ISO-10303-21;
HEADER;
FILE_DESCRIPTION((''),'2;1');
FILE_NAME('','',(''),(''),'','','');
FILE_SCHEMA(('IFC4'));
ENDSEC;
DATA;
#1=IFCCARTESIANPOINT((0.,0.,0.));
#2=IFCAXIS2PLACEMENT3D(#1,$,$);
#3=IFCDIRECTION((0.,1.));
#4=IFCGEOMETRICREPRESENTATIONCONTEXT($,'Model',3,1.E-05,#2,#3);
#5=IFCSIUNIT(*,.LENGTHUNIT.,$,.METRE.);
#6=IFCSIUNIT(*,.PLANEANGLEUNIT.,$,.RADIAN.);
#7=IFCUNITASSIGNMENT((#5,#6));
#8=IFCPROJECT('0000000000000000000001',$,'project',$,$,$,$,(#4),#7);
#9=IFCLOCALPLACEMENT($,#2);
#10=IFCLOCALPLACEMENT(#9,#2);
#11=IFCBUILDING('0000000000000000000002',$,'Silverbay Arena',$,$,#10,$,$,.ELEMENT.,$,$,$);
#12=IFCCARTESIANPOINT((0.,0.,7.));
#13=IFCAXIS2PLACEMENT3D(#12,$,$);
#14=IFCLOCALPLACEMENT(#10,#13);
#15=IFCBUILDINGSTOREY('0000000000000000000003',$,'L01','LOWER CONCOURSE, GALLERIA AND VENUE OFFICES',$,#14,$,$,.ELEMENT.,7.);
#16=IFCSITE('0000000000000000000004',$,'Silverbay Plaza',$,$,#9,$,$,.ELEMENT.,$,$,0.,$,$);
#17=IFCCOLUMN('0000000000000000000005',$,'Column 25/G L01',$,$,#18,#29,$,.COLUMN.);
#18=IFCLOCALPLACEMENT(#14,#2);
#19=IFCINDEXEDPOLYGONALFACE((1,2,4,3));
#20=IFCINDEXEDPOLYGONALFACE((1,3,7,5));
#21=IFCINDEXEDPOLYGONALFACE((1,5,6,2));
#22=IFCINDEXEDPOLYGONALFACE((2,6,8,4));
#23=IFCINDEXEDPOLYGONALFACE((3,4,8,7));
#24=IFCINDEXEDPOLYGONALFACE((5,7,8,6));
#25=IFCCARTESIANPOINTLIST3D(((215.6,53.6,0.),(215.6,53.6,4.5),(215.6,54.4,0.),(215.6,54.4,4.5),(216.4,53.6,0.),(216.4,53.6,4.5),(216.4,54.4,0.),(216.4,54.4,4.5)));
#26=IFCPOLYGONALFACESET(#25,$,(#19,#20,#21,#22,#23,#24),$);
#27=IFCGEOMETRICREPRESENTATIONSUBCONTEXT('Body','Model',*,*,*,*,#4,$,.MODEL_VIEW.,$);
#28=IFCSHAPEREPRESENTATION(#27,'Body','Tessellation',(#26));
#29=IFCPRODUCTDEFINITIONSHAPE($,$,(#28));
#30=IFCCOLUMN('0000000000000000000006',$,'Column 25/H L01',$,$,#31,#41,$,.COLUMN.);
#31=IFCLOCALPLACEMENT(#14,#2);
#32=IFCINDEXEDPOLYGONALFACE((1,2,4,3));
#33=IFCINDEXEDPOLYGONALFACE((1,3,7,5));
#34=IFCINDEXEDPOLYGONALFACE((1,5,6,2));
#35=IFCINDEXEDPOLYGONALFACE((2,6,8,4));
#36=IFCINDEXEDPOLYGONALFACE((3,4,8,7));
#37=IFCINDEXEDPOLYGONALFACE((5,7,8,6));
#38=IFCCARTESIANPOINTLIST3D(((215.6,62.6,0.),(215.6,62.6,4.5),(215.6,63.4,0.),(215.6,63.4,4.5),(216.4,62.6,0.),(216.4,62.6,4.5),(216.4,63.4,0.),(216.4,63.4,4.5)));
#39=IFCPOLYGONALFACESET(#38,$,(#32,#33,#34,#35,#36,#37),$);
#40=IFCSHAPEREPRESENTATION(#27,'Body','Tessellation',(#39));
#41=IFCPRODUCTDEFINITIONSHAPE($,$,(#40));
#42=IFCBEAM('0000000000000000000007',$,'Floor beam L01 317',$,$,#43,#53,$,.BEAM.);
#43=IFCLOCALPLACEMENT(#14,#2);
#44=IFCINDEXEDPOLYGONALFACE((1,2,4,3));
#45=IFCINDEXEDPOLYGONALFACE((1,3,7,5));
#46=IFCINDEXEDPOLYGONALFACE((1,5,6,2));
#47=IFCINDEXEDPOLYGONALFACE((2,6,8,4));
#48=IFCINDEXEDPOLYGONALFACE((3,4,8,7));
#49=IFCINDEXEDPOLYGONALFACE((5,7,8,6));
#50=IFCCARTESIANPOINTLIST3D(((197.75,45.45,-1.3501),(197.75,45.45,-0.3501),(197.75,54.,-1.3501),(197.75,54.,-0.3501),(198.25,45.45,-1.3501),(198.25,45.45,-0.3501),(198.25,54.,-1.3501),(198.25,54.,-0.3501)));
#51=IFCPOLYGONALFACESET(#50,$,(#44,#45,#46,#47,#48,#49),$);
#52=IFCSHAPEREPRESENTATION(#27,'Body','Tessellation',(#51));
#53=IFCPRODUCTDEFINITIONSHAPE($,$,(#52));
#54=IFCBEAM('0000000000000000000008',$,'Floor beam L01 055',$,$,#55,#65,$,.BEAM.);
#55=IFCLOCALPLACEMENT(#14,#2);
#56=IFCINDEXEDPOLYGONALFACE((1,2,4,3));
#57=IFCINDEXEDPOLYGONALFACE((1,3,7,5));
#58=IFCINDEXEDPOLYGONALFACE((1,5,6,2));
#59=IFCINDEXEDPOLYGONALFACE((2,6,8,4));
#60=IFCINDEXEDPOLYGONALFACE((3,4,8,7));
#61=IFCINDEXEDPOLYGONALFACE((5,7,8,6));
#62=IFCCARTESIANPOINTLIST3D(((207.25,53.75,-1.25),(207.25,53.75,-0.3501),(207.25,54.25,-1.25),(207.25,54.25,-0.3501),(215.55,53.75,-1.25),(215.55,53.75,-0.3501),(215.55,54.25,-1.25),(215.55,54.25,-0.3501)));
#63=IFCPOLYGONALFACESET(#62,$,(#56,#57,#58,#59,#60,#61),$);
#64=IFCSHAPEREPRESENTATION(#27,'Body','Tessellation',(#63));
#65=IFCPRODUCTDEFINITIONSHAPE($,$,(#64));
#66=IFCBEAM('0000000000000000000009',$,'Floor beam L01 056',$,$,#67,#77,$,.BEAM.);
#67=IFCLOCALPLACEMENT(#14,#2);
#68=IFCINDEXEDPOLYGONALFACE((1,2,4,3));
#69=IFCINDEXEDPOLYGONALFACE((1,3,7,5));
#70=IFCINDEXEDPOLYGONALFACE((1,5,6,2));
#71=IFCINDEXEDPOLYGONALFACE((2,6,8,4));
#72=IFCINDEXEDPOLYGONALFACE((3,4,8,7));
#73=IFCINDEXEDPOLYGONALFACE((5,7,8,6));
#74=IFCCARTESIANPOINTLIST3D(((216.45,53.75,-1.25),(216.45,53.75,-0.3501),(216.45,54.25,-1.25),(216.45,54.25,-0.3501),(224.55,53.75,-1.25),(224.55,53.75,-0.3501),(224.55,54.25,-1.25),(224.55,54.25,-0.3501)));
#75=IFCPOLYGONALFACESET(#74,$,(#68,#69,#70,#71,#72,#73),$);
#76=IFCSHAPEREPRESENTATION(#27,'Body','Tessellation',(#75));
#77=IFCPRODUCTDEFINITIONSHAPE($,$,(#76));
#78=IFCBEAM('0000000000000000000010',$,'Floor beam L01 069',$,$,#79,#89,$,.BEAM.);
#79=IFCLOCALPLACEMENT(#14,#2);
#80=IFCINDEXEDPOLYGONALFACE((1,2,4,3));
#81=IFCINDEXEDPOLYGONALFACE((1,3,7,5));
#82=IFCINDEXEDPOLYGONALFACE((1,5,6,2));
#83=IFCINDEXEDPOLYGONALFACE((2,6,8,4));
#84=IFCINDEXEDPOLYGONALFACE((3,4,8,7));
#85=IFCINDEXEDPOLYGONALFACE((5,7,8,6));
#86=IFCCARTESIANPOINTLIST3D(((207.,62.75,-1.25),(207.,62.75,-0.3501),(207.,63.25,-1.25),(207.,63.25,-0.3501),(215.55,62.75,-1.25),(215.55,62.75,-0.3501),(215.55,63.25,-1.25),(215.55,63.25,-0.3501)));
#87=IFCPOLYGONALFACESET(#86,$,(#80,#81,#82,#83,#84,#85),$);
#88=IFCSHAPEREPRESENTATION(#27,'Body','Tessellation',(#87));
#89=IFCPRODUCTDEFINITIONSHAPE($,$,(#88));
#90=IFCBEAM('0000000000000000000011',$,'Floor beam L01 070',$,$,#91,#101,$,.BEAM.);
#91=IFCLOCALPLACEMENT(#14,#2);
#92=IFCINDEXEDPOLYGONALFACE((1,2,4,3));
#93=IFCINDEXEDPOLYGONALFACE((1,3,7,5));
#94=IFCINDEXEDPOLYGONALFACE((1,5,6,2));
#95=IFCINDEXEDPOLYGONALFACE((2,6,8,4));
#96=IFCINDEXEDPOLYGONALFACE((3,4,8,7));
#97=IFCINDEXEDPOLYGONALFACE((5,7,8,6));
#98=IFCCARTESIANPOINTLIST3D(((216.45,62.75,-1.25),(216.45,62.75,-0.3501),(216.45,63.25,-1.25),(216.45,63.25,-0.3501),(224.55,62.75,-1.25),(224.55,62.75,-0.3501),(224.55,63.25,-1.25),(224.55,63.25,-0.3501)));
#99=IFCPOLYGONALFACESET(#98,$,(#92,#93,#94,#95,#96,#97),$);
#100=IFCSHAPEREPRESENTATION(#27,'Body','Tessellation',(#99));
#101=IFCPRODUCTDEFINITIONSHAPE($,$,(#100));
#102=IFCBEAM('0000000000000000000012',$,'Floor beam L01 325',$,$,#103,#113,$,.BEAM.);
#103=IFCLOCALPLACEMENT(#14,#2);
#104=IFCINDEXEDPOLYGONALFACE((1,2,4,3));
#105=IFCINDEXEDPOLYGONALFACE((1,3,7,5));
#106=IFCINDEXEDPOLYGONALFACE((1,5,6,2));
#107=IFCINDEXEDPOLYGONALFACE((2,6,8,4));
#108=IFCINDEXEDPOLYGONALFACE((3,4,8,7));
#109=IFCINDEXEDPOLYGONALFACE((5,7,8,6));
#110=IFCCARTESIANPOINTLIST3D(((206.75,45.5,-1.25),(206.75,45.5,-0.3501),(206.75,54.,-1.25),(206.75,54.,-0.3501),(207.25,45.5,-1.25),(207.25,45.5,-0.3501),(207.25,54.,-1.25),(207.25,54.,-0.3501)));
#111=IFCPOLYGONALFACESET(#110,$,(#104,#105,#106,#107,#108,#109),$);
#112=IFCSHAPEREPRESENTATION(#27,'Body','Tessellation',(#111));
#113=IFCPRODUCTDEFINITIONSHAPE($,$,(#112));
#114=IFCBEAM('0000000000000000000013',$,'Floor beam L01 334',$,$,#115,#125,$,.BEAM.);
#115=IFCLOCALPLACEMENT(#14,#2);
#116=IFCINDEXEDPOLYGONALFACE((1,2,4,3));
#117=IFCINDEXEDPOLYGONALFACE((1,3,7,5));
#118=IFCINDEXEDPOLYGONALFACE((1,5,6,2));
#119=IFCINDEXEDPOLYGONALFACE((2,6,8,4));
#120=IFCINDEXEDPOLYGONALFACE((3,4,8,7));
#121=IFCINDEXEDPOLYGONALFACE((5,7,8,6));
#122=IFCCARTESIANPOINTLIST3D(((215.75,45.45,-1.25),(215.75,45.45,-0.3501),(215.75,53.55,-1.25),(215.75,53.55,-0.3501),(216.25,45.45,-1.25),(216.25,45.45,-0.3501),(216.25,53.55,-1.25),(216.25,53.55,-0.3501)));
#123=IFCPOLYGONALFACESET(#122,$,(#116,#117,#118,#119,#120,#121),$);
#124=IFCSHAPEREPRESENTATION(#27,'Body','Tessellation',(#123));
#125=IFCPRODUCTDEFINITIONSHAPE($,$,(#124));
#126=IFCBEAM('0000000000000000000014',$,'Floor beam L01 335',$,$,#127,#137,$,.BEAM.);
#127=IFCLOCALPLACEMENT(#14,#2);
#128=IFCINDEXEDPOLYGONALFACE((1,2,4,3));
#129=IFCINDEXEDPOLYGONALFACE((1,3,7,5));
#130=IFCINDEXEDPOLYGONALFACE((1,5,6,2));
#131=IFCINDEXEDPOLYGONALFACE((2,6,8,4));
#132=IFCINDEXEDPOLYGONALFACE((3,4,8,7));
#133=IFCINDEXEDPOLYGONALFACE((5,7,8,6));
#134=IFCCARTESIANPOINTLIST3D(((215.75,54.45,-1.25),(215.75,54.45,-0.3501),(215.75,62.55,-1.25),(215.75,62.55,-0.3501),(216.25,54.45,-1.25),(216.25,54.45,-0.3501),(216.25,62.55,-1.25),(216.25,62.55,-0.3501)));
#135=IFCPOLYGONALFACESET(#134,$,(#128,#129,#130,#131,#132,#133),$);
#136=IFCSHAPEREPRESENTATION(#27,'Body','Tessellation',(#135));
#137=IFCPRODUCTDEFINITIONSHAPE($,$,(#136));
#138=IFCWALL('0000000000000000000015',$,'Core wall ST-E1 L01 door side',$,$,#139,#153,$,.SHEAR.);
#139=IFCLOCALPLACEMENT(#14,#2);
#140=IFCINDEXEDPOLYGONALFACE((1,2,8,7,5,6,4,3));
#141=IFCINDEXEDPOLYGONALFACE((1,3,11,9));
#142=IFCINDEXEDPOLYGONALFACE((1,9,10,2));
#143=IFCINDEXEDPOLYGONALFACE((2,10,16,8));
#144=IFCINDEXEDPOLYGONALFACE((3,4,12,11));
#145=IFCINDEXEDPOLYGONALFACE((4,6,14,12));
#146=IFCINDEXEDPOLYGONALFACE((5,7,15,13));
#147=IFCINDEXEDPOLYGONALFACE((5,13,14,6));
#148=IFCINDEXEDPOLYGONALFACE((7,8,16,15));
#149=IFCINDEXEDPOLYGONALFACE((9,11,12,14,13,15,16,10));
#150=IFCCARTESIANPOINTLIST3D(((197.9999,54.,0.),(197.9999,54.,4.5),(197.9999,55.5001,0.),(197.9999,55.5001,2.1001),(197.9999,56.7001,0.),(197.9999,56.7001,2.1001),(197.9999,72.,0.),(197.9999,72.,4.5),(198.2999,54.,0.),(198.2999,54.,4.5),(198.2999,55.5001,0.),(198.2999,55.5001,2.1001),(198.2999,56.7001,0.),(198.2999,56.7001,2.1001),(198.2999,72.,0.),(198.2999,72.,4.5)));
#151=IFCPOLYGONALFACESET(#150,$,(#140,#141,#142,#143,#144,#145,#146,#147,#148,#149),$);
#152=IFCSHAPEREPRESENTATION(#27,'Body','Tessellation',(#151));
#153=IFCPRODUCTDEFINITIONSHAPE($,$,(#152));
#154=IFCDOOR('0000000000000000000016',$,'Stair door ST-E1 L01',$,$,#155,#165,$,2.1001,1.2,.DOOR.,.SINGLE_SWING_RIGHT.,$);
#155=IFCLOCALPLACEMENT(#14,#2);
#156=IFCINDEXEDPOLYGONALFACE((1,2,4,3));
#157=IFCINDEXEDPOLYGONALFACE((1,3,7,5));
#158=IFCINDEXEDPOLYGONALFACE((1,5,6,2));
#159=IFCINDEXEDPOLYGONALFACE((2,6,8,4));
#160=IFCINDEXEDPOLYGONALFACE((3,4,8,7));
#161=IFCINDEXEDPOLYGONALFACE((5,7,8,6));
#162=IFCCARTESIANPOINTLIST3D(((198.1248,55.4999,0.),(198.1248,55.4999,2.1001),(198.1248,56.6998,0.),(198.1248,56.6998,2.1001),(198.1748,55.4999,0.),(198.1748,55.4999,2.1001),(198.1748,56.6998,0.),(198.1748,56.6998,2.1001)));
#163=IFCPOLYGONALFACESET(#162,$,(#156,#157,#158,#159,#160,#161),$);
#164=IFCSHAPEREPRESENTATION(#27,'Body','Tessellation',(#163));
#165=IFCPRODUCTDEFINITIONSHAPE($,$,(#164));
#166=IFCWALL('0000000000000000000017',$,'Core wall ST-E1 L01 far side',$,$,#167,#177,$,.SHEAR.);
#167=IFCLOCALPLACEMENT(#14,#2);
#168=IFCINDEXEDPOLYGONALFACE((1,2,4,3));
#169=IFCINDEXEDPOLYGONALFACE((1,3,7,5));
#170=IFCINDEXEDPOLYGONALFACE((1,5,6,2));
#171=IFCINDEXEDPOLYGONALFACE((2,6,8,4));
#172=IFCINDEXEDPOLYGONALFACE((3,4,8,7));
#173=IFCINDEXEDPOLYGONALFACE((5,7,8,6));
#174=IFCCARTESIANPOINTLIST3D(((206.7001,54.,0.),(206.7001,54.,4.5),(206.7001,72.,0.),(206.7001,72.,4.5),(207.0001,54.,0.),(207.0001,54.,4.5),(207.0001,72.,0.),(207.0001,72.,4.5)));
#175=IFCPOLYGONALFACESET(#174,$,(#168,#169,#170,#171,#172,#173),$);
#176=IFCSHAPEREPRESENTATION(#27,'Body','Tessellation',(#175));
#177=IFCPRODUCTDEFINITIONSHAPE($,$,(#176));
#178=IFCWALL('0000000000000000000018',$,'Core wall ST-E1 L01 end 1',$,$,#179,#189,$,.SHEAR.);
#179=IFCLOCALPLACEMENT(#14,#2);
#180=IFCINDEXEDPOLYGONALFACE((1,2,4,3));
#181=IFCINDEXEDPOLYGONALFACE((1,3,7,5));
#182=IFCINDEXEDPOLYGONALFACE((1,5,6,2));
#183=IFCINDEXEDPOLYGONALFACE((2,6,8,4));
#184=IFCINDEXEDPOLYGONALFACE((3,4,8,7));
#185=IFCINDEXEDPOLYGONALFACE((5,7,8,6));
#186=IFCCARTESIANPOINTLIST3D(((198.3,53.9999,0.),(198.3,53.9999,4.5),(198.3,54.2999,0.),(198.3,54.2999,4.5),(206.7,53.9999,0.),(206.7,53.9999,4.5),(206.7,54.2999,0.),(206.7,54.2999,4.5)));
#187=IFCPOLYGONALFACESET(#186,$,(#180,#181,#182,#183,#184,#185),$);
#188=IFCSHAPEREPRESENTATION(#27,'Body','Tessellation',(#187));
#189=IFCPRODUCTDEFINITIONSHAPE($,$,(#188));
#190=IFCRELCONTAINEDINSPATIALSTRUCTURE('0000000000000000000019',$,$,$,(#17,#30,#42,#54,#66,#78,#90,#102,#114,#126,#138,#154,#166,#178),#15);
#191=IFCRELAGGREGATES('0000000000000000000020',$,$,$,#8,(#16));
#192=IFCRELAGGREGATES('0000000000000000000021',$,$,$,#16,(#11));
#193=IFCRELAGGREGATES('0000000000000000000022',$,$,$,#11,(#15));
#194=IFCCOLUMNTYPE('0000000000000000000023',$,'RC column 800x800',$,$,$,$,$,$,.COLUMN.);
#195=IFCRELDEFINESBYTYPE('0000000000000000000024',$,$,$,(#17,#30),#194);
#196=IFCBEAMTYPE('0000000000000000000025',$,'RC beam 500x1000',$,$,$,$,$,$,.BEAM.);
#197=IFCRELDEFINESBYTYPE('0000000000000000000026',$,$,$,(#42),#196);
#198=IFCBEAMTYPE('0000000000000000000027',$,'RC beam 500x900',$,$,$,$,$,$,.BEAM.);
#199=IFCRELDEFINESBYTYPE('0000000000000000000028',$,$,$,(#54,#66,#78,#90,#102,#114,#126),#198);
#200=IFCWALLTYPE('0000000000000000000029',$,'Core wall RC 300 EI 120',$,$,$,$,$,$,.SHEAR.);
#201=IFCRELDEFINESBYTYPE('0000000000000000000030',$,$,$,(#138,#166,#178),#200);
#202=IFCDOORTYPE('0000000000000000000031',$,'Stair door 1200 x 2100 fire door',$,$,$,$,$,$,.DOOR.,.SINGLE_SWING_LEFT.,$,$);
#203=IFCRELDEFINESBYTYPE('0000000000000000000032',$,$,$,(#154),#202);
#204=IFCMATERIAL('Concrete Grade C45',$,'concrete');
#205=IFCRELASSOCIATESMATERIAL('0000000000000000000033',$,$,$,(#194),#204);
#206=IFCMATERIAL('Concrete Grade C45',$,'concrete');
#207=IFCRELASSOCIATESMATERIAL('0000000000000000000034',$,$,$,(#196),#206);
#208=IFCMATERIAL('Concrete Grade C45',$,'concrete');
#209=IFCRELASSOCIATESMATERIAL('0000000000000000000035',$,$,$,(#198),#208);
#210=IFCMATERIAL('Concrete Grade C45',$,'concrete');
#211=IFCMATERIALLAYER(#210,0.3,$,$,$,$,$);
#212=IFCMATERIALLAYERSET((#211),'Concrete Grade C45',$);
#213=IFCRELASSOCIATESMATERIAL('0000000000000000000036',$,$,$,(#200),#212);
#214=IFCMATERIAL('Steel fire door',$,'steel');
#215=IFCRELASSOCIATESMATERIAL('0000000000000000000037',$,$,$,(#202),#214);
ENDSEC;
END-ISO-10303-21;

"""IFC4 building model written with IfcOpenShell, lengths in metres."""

from ifc_helpers import new_model, si_unit, direction, frame, frame_2d, origin, origin_2d, place, context, subcontext, project, spatial, rectangle, extrude, material, layer, layer_set, material_profile, profile_set, type_object, element, fill, save


model = new_model("IFC4")

# Units and contexts
model_context = context("Model", 3, precision=1e-05, world=origin(), true_north=direction((0.0, 1.0)))
body_context = subcontext(model_context, "Body", "Model", "MODEL_VIEW")
ifc_project = project(units=[si_unit("LENGTHUNIT", "METRE"), si_unit("PLANEANGLEUNIT", "RADIAN")], contexts=[model_context])

# Site, building, storey
site_placement = place(None, origin())
site = spatial("IfcSite", under=ifc_project, at=site_placement, Name="Silverbay Plaza", CompositionType="ELEMENT", RefElevation=0.0)
building_placement = place(site_placement, origin())
building = spatial("IfcBuilding", under=site, at=building_placement, Name="Silverbay Arena", CompositionType="ELEMENT")
storey_placement = place(building_placement, frame((0.0, 0.0, 7.0)))
storey = spatial("IfcBuildingStorey", under=building, at=storey_placement, Name="L01", Description="LOWER CONCOURSE, GALLERIA AND VENUE OFFICES", CompositionType="ELEMENT", Elevation=7.0)

# Columns
ifc_material_1 = material(Name="Concrete Grade C45", Category="concrete")
ifc_material_profile_1 = material_profile(ifc_material_1, rectangle(XDim=0.8, YDim=0.8, at=origin_2d()), Name="RC 800x800")
ifc_profile_set_1 = profile_set([ifc_material_profile_1], Name="Concrete Grade C45")
column_type = type_object("IfcColumnType", Name="RC column 800x800", PredefinedType="COLUMN", material=ifc_profile_set_1)
for number, where, z_axis, x_axis, name in (
    (1, (216.0, 54.0, 0.0), (0.0, 0.0, 1.0), (1.0, 0.0, 0.0), "Column 25/G L01"),
    (2, (216.0, 63.0, 0.0), (0.0, 0.0, 1.0), (1.0, 0.0, 0.0), "Column 25/H L01"),
):
    element("IfcColumn", number, at=place(storey_placement, frame(where, z_axis=z_axis, x_axis=x_axis)), inside=storey, type_object=column_type, Name=name, PredefinedType="COLUMN", context=body_context, shape_type="SweptSolid", body=[
        extrude(rectangle(XDim=0.8, YDim=0.8, at=origin_2d()), origin(), (0.0, 0.0, 1.0), 4.5),
    ])

# Beams
ifc_material_2 = material(Name="Concrete Grade C45", Category="concrete")
ifc_material_profile_2 = material_profile(ifc_material_2, rectangle(XDim=0.5, YDim=1.0, at=origin_2d()), Name="RC 500x1000")
ifc_profile_set_2 = profile_set([ifc_material_profile_2], Name="Concrete Grade C45")
beam_type_1 = type_object("IfcBeamType", Name="RC beam 500x1000", PredefinedType="BEAM", material=ifc_profile_set_2)
beam_1_placement = place(storey_placement, frame((198.0, 45.45, -0.8501), z_axis=(0.0, 1.0, 0.0), x_axis=(-1.0, 0.0, 0.0)))
element("IfcBeam", 3, at=beam_1_placement, inside=storey, type_object=beam_type_1, Name="Floor beam L01 317", PredefinedType="BEAM", context=body_context, shape_type="SweptSolid", body=[
    extrude(rectangle(XDim=0.5, YDim=1.0, at=origin_2d()), origin(), (0.0, 0.0, 1.0), 8.55),
])
ifc_material_3 = material(Name="Concrete Grade C45", Category="concrete")
ifc_material_profile_3 = material_profile(ifc_material_3, rectangle(XDim=0.5, YDim=0.8999, at=origin_2d()), Name="RC 500x900")
ifc_profile_set_3 = profile_set([ifc_material_profile_3], Name="Concrete Grade C45")
beam_type_2 = type_object("IfcBeamType", Name="RC beam 500x900", PredefinedType="BEAM", material=ifc_profile_set_3)
beam_2_placement = place(storey_placement, frame((207.25, 54.0, -0.8), z_axis=(1.0, 0.0, 0.0), x_axis=(0.0, 1.0, 0.0)))
element("IfcBeam", 4, at=beam_2_placement, inside=storey, type_object=beam_type_2, Name="Floor beam L01 055", PredefinedType="BEAM", context=body_context, shape_type="SweptSolid", body=[
    extrude(rectangle(XDim=0.5, YDim=0.8999, at=origin_2d()), origin(), (0.0, 0.0, 1.0), 8.3),
])
beam_3_placement = place(storey_placement, frame((216.45, 54.0, -0.8), z_axis=(1.0, 0.0, 0.0), x_axis=(0.0, 1.0, 0.0)))
element("IfcBeam", 5, at=beam_3_placement, inside=storey, type_object=beam_type_2, Name="Floor beam L01 056", PredefinedType="BEAM", context=body_context, shape_type="SweptSolid", body=[
    extrude(rectangle(XDim=0.5, YDim=0.8999, at=origin_2d()), origin(), (0.0, 0.0, 1.0), 8.1001),
])
beam_4_placement = place(storey_placement, frame((207.0, 63.0, -0.8), z_axis=(1.0, 0.0, 0.0), x_axis=(0.0, 1.0, 0.0)))
element("IfcBeam", 6, at=beam_4_placement, inside=storey, type_object=beam_type_2, Name="Floor beam L01 069", PredefinedType="BEAM", context=body_context, shape_type="SweptSolid", body=[
    extrude(rectangle(XDim=0.5, YDim=0.8999, at=origin_2d()), origin(), (0.0, 0.0, 1.0), 8.55),
])
beam_5_placement = place(storey_placement, frame((216.45, 63.0, -0.8), z_axis=(1.0, 0.0, 0.0), x_axis=(0.0, 1.0, 0.0)))
element("IfcBeam", 7, at=beam_5_placement, inside=storey, type_object=beam_type_2, Name="Floor beam L01 070", PredefinedType="BEAM", context=body_context, shape_type="SweptSolid", body=[
    extrude(rectangle(XDim=0.5, YDim=0.8999, at=origin_2d()), origin(), (0.0, 0.0, 1.0), 8.1001),
])
beam_6_placement = place(storey_placement, frame((207.0, 45.5, -0.8), z_axis=(0.0, 1.0, 0.0), x_axis=(-1.0, 0.0, 0.0)))
element("IfcBeam", 8, at=beam_6_placement, inside=storey, type_object=beam_type_2, Name="Floor beam L01 325", PredefinedType="BEAM", context=body_context, shape_type="SweptSolid", body=[
    extrude(rectangle(XDim=0.5, YDim=0.8999, at=origin_2d()), origin(), (0.0, 0.0, 1.0), 8.5),
])
for number, where, z_axis, x_axis, name in (
    (9, (216.0, 45.45, -0.8), (0.0, 1.0, 0.0), (-1.0, 0.0, 0.0), "Floor beam L01 334"),
    (10, (216.0, 54.45, -0.8), (0.0, 1.0, 0.0), (-1.0, 0.0, 0.0), "Floor beam L01 335"),
):
    element("IfcBeam", number, at=place(storey_placement, frame(where, z_axis=z_axis, x_axis=x_axis)), inside=storey, type_object=beam_type_2, Name=name, PredefinedType="BEAM", context=body_context, shape_type="SweptSolid", body=[
        extrude(rectangle(XDim=0.5, YDim=0.8999, at=origin_2d()), origin(), (0.0, 0.0, 1.0), 8.1001),
    ])

# Wall, opening, door
ifc_material_4 = material(Name="Concrete Grade C45", Category="concrete")
ifc_layer_1 = layer(ifc_material_4, 0.3)
ifc_layer_set_1 = layer_set([ifc_layer_1], Name="Concrete Grade C45")
wall_type_1 = type_object("IfcWallType", Name="Core wall RC 300 EI 120", PredefinedType="SHEAR", material=ifc_layer_set_1)
wall_1_placement = place(storey_placement, frame((198.1499, 54.0, 0.0), z_axis=(0.0, 0.0, 1.0), x_axis=(0.0, 1.0, 0.0)))
wall_1 = element("IfcWall", 11, at=wall_1_placement, inside=storey, type_object=wall_type_1, Name="Core wall ST-E1 L01 door side", PredefinedType="SHEAR", context=body_context, shape_type="SweptSolid", body=[
    extrude(rectangle(XDim=18.0, YDim=0.3, at=frame_2d((9.0, 0.0))), origin(), (0.0, 0.0, 1.0), 4.5),
])
opening_1_placement = place(wall_1_placement, frame((1.5, 0.0, 0.0)))
opening_1 = element("IfcOpeningElement", 12, at=opening_1_placement, cuts=wall_1, PredefinedType="OPENING", context=body_context, shape_type="SweptSolid", body=[
    extrude(rectangle(XDim=1.2, YDim=2.1001, at=frame_2d((0.6001, 1.05))), frame((0.0, 0.1602, 0.0), z_axis=(0.0, -1.0, 0.0), x_axis=(1.0, 0.0, 0.0)), (0.0, 0.0, 1.0), 0.3201),
])
ifc_material_5 = material(Name="Steel fire door", Category="steel")
door_type_1 = type_object("IfcDoorType", Name="Stair door 1200 x 2100 fire door", OperationType="SINGLE_SWING_LEFT", PredefinedType="DOOR", material=ifc_material_5)
door_1_placement = place(opening_1_placement, frame((1.2, 0.0, 0.0), z_axis=(0.0, 0.0, 1.0), x_axis=(-1.0, 0.0, 0.0)))
door_1 = element("IfcDoor", 13, at=door_1_placement, inside=storey, type_object=door_type_1, Name="Stair door ST-E1 L01", OperationType="SINGLE_SWING_RIGHT", OverallHeight=2.1001, OverallWidth=1.2, PredefinedType="DOOR", context=body_context, shape_type="SweptSolid", body=[
    extrude(rectangle(XDim=1.2, YDim=2.1001, at=frame_2d((0.6001, 1.05))), frame((0.0, 0.0249, 0.0), z_axis=(0.0, -1.0, 0.0), x_axis=(1.0, 0.0, 0.0)), (0.0, 0.0, 1.0), 0.05),
])
fill(opening_1, door_1)

# Walls
wall_2_placement = place(storey_placement, frame((206.8501, 54.0, 0.0), z_axis=(0.0, 0.0, 1.0), x_axis=(0.0, 1.0, 0.0)))
element("IfcWall", 14, at=wall_2_placement, inside=storey, type_object=wall_type_1, Name="Core wall ST-E1 L01 far side", PredefinedType="SHEAR", context=body_context, shape_type="SweptSolid", body=[
    extrude(rectangle(XDim=18.0, YDim=0.3, at=frame_2d((9.0, 0.0))), origin(), (0.0, 0.0, 1.0), 4.5),
])
wall_3_placement = place(storey_placement, frame((198.3, 54.1499, 0.0), z_axis=(0.0, 0.0, 1.0), x_axis=(1.0, 0.0, 0.0)))
element("IfcWall", 15, at=wall_3_placement, inside=storey, type_object=wall_type_1, Name="Core wall ST-E1 L01 end 1", PredefinedType="SHEAR", context=body_context, shape_type="SweptSolid", body=[
    extrude(rectangle(XDim=8.3999, YDim=0.3, at=frame_2d((4.2, 0.0))), origin(), (0.0, 0.0, 1.0), 4.5),
])

save(model, "model.ifc")
